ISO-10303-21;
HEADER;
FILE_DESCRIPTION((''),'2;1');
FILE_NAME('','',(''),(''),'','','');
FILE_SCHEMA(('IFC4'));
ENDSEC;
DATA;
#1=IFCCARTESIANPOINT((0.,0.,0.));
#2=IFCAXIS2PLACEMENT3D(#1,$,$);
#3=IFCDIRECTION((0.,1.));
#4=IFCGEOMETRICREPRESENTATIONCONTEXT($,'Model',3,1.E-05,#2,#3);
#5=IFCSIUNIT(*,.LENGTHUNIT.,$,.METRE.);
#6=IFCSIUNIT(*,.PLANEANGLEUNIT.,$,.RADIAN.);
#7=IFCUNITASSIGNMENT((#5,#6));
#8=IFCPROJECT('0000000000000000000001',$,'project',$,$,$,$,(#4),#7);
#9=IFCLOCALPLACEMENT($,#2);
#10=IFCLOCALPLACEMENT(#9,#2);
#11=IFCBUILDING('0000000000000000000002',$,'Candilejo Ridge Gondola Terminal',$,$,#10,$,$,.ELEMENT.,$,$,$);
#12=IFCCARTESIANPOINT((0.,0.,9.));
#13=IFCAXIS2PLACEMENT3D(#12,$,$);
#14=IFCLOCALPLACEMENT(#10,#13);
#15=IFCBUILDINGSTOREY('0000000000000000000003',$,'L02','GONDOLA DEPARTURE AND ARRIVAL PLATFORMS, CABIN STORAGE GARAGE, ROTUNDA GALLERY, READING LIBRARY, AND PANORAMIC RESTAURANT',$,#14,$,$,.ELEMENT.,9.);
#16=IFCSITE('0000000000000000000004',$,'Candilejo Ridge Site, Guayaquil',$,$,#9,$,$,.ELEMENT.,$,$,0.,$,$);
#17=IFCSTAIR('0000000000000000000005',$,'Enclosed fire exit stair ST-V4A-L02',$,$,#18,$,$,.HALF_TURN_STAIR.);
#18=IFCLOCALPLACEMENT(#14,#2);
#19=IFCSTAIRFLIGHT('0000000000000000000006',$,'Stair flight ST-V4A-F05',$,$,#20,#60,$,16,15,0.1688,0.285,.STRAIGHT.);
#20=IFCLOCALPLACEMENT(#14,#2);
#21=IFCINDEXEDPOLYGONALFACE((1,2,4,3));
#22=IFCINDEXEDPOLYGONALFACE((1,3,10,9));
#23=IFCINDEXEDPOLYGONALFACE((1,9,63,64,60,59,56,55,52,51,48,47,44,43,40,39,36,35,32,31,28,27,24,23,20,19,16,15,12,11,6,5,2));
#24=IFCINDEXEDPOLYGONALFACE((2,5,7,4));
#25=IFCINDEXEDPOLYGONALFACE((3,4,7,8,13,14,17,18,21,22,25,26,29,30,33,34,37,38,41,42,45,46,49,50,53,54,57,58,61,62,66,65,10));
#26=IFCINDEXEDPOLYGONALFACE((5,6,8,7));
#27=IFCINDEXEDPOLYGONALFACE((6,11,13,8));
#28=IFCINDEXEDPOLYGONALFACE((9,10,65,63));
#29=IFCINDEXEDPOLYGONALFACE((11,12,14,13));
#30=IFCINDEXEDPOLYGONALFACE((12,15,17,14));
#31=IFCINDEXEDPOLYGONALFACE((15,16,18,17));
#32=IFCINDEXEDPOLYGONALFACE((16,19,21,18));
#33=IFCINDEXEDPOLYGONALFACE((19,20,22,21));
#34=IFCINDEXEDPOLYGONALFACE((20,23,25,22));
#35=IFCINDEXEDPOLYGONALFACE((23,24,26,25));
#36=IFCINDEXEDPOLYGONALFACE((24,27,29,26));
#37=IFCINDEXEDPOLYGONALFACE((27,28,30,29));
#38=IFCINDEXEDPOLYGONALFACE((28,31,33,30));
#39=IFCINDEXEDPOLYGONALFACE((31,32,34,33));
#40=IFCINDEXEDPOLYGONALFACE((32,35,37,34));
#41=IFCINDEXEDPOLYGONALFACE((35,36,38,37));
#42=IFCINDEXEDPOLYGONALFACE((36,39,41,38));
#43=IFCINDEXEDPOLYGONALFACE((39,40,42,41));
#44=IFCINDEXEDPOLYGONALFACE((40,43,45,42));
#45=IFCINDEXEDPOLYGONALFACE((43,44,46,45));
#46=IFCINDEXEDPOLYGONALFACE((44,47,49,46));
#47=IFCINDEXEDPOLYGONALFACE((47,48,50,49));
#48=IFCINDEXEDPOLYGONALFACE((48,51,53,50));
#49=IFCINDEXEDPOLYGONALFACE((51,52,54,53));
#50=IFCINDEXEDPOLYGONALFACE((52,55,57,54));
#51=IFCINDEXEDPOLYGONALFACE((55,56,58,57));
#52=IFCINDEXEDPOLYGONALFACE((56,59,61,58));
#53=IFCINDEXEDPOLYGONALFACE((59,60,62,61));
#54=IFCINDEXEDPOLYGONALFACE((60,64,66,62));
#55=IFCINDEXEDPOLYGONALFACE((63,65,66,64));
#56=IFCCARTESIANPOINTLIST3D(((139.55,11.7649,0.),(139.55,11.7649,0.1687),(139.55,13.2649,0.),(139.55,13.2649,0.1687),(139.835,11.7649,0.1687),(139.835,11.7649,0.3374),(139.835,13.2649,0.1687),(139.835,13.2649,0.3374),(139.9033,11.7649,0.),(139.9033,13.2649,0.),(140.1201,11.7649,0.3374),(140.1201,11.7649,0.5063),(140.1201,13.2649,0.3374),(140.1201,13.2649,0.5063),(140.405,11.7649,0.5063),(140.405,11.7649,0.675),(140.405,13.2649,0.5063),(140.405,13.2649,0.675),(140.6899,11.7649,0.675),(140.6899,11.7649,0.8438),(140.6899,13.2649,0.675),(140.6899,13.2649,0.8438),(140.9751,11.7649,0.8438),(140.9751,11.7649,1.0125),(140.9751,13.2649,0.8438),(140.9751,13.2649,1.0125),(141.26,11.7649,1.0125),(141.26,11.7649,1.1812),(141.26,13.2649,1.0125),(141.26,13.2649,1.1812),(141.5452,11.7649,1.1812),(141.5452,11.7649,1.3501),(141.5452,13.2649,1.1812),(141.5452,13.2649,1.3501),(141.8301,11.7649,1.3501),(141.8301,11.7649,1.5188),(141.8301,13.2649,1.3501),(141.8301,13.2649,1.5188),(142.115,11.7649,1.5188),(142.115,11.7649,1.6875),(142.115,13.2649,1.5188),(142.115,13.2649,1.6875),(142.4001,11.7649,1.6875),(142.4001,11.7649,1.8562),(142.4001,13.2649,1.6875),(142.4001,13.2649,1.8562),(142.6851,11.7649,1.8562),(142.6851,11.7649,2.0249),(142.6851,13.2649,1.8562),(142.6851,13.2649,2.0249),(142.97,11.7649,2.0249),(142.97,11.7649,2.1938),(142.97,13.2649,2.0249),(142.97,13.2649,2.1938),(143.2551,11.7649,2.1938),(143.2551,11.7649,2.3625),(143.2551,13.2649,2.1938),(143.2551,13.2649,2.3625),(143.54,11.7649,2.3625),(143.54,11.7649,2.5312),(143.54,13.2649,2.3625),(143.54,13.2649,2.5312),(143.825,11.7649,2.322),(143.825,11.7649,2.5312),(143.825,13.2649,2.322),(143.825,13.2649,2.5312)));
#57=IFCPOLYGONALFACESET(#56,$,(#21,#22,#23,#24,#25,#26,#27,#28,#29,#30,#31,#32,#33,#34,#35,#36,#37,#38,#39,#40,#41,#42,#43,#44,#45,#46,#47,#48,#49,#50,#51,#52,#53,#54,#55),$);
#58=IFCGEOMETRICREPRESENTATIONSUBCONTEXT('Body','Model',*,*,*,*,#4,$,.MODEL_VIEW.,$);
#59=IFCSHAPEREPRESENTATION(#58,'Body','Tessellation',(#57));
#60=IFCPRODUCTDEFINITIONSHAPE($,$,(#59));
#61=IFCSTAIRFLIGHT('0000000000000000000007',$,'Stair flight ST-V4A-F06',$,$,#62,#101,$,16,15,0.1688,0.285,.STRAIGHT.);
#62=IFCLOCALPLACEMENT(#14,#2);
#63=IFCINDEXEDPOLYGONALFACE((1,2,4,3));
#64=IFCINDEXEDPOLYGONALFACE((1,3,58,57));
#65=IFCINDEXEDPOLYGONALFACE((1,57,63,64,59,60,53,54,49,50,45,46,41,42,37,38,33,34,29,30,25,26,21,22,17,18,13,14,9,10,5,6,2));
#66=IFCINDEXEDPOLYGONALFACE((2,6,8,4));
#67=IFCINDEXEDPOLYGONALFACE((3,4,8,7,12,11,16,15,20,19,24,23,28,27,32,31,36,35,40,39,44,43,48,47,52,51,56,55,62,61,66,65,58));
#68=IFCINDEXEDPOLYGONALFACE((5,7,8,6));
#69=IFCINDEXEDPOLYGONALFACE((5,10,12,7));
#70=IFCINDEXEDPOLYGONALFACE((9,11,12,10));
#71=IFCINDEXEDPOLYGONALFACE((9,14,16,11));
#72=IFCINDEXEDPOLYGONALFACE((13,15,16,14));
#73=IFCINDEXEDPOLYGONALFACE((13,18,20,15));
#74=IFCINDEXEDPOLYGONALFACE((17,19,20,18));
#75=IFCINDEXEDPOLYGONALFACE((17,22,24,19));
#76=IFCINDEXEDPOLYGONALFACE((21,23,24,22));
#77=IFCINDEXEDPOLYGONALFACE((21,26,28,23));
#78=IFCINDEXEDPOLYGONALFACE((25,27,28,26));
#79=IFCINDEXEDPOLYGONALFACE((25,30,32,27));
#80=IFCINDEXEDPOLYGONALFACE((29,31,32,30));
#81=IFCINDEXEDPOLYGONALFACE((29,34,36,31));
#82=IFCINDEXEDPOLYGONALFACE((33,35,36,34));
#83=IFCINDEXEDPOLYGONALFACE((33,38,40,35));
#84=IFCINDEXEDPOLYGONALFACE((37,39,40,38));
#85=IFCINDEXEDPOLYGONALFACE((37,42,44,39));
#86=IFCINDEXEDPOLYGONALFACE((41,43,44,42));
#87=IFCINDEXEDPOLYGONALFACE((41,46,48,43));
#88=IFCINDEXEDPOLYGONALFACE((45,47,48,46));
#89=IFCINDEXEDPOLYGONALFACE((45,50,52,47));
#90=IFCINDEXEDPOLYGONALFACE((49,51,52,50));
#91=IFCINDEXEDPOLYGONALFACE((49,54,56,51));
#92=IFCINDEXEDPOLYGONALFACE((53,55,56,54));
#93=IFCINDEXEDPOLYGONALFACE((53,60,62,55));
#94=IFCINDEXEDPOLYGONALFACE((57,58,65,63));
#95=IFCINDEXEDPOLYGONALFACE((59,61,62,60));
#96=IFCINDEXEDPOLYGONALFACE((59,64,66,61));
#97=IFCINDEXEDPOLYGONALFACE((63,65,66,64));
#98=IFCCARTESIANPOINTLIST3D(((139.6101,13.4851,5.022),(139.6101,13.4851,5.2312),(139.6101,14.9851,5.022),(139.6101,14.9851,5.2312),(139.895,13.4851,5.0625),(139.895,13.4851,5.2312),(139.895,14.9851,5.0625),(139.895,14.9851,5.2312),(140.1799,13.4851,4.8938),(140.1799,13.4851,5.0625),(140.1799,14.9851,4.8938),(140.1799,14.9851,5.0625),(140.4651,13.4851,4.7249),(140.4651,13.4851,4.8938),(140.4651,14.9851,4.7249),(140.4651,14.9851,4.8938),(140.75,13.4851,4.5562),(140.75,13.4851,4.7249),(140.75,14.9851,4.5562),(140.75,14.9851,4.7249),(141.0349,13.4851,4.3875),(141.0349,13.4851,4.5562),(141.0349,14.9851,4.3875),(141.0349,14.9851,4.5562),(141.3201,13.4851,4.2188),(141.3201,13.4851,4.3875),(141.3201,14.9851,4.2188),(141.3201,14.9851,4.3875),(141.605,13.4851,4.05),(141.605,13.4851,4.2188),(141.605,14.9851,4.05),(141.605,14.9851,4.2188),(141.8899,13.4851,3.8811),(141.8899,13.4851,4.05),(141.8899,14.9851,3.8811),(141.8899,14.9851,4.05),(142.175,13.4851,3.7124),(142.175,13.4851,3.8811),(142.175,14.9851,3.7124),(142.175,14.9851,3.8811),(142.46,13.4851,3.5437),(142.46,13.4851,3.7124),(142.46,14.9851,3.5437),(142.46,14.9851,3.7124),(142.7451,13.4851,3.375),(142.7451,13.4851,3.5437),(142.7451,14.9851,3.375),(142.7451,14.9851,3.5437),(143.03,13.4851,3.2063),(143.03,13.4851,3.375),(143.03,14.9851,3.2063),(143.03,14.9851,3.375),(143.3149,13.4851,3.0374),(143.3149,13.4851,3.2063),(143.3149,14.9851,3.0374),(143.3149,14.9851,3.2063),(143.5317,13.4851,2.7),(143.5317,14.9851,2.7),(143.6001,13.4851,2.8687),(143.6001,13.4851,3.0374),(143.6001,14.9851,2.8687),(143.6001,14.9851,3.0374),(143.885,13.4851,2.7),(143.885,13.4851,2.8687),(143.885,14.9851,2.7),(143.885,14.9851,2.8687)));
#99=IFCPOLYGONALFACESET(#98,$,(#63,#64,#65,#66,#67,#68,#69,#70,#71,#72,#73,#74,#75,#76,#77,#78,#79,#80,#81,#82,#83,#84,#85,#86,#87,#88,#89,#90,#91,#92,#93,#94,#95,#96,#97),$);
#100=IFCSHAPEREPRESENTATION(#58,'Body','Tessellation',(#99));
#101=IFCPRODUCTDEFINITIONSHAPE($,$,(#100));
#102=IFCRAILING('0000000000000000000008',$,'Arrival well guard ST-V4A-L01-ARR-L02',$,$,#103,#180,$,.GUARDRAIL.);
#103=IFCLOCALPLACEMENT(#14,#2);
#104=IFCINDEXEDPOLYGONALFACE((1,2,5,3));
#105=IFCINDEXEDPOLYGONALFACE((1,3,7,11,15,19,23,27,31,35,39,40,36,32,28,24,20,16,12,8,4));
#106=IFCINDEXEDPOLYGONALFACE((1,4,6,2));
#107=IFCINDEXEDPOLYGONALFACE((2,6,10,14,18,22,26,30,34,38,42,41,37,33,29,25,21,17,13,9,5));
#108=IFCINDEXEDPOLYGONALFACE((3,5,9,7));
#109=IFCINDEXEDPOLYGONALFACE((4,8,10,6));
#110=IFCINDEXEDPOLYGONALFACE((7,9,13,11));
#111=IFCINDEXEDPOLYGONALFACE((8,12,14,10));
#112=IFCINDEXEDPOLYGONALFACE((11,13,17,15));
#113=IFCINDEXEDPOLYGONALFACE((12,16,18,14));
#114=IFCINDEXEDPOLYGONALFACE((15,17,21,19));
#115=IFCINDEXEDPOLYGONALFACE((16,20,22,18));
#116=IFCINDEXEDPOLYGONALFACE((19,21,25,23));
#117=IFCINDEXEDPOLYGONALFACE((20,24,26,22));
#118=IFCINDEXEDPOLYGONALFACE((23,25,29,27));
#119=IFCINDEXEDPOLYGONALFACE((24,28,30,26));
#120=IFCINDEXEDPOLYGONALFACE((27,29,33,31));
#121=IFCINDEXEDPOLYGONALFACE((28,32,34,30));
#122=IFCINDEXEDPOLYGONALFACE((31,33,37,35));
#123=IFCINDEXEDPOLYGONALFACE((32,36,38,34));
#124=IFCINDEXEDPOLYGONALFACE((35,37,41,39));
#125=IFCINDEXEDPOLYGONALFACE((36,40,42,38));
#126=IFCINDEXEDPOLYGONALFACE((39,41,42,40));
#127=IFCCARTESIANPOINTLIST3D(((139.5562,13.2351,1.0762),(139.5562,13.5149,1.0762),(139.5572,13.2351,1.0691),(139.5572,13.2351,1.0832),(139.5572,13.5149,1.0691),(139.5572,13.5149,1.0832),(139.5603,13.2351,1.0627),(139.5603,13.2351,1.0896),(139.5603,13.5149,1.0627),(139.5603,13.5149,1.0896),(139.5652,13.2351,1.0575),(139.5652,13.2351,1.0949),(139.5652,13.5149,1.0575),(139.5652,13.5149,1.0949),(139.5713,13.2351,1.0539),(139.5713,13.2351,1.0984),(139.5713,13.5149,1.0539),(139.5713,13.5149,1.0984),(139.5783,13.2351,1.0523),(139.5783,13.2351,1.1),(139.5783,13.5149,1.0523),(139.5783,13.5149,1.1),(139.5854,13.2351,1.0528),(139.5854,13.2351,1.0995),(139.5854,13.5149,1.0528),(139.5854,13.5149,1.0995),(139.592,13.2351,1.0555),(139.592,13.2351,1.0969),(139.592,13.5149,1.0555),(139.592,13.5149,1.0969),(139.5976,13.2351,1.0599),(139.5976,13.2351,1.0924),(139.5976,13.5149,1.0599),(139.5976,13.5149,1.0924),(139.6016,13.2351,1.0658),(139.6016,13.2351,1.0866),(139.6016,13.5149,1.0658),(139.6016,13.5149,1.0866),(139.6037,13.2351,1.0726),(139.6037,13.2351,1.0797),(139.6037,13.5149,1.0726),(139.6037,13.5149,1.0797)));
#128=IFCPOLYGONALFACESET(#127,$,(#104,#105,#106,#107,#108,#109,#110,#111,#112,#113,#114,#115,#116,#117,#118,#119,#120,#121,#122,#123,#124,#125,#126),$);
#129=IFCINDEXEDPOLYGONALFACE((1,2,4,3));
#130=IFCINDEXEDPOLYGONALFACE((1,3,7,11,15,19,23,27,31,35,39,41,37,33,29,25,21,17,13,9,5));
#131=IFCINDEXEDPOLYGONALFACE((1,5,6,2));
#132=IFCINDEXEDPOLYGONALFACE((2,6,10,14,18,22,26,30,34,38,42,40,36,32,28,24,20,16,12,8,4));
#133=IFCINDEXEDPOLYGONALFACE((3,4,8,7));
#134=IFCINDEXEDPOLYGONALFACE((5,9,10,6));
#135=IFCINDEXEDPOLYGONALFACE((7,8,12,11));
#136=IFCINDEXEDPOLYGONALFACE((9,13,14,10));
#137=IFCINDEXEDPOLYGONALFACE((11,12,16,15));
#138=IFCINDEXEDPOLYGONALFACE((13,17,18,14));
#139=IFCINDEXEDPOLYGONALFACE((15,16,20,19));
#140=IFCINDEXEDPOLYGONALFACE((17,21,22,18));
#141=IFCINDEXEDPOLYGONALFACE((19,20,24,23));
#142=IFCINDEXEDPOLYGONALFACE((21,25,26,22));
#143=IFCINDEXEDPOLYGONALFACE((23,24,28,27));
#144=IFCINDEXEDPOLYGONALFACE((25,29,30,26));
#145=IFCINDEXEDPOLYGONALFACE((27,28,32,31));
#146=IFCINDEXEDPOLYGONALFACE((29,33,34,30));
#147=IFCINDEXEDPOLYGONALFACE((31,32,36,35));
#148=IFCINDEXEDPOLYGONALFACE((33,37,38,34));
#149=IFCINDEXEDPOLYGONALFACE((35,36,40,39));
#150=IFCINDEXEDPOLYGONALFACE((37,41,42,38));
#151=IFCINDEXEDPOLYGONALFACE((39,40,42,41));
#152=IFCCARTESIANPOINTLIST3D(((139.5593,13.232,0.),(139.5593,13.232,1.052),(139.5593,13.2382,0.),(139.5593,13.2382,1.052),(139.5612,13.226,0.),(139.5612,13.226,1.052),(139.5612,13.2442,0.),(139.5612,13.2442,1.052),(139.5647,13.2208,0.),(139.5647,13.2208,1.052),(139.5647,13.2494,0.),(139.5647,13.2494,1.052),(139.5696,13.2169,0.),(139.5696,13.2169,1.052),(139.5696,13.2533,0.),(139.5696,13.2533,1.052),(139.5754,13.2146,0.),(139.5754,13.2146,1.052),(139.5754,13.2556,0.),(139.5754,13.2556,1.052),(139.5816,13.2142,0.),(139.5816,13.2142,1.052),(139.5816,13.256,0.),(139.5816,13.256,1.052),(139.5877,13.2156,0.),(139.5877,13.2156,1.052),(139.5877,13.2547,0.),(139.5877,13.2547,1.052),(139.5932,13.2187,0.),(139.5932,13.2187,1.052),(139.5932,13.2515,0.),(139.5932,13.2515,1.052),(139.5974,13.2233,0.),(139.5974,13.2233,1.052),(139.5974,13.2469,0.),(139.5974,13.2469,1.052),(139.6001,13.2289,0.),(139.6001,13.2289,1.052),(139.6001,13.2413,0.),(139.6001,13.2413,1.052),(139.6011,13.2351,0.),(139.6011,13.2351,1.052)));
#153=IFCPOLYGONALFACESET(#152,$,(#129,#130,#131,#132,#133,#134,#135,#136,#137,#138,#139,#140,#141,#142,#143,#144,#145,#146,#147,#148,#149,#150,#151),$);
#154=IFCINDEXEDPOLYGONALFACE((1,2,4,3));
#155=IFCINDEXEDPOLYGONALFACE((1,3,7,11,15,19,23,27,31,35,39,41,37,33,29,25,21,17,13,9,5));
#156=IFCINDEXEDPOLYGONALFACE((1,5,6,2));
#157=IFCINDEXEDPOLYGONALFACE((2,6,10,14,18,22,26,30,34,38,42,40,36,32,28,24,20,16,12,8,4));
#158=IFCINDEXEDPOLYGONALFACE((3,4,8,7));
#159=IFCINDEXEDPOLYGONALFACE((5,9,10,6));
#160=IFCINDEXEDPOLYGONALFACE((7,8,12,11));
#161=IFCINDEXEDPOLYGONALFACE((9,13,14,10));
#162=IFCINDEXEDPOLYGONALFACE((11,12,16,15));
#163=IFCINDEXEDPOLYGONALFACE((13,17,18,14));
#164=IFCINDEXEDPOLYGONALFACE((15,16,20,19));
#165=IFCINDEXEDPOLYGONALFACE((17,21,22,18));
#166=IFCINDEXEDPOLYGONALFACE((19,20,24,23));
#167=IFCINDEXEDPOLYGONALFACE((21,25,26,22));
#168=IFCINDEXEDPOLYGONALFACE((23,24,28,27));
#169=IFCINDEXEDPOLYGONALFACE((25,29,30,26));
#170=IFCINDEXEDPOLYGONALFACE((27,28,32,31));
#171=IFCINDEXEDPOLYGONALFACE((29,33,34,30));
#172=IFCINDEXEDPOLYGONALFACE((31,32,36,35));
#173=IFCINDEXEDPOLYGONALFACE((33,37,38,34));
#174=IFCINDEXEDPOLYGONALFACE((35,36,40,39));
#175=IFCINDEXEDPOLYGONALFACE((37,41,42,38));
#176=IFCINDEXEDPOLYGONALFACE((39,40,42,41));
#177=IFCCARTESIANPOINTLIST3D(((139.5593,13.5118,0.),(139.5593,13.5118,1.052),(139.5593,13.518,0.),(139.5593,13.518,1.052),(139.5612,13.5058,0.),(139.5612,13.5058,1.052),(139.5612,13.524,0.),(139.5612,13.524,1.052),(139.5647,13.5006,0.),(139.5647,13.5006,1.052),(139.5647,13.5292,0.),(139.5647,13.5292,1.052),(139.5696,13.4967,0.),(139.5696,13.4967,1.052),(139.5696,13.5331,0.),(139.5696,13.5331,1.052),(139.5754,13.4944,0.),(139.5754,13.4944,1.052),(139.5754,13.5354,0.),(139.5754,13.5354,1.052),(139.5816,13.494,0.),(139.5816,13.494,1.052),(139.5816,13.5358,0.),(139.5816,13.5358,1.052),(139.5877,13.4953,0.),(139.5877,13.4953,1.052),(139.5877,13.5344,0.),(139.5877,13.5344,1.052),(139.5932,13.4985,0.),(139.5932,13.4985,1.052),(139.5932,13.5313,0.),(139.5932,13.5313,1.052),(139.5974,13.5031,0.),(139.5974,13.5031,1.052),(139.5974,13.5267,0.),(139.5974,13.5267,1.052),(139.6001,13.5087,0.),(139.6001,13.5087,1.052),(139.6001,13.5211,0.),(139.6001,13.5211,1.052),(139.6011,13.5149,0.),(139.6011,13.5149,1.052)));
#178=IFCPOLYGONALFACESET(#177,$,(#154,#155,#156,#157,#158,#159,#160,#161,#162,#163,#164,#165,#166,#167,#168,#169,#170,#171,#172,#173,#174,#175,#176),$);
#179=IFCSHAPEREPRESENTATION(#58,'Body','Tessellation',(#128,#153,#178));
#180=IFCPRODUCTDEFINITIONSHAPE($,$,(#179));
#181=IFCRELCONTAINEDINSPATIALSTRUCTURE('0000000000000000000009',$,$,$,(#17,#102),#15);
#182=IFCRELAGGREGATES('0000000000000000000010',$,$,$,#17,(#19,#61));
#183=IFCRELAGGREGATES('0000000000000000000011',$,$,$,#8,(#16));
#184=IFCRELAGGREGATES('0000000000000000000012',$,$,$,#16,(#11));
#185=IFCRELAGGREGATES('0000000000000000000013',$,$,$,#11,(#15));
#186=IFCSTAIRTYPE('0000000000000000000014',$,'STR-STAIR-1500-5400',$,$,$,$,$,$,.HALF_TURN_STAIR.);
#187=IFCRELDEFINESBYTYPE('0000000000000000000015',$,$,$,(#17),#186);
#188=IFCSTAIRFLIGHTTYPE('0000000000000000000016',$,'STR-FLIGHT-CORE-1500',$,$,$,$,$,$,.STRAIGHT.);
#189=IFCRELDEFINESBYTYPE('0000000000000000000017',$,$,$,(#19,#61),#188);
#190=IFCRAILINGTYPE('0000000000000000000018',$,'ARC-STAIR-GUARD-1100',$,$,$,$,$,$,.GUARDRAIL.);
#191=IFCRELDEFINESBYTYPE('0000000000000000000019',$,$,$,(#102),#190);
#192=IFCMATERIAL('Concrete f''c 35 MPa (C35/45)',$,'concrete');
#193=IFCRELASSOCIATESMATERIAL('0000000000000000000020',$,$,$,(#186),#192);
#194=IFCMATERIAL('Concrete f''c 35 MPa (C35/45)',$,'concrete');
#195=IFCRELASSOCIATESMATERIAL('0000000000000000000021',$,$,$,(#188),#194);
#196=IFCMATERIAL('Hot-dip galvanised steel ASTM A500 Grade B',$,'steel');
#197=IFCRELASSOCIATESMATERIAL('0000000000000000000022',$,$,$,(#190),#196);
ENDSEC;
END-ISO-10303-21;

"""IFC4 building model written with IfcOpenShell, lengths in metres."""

from ifc_helpers import new_model, si_unit, direction, frame, origin, origin_2d, place, context, subcontext, project, spatial, polyline, circle, outline, extrude, material, type_object, element, aggregate, save


model = new_model("IFC4")

# Units and contexts
model_context = context("Model", 3, precision=1e-05, world=origin(), true_north=direction((0.0, 1.0)))
body_context = subcontext(model_context, "Body", "Model", "MODEL_VIEW")
ifc_project = project(units=[si_unit("LENGTHUNIT", "METRE"), si_unit("PLANEANGLEUNIT", "RADIAN")], contexts=[model_context])

# Site, building, storey
site_placement = place(None, origin())
site = spatial("IfcSite", under=ifc_project, at=site_placement, Name="Candilejo Ridge Site, Guayaquil", CompositionType="ELEMENT", RefElevation=0.0)
building_placement = place(site_placement, origin())
building = spatial("IfcBuilding", under=site, at=building_placement, Name="Candilejo Ridge Gondola Terminal", CompositionType="ELEMENT")
storey_placement = place(building_placement, frame((0.0, 0.0, 9.0)))
storey = spatial("IfcBuildingStorey", under=building, at=storey_placement, Name="L02", Description="GONDOLA DEPARTURE AND ARRIVAL PLATFORMS, CABIN STORAGE GARAGE, ROTUNDA GALLERY, READING LIBRARY, AND PANORAMIC RESTAURANT", CompositionType="ELEMENT", Elevation=9.0)

# Stair, stair flights
ifc_material_1 = material(Name="Concrete f'c 35 MPa (C35/45)", Category="concrete")
stair_type = type_object("IfcStairType", Name="STR-STAIR-1500-5400", PredefinedType="HALF_TURN_STAIR", material=ifc_material_1)
stair_placement = place(storey_placement, origin())
stair = element("IfcStair", 1, at=stair_placement, inside=storey, type_object=stair_type, Name="Enclosed fire exit stair ST-V4A-L02", PredefinedType="HALF_TURN_STAIR")
ifc_material_2 = material(Name="Concrete f'c 35 MPa (C35/45)", Category="concrete")
stair_flight_type = type_object("IfcStairFlightType", Name="STR-FLIGHT-CORE-1500", PredefinedType="STRAIGHT", material=ifc_material_2)
stair_flight_1_placement = place(storey_placement, frame((139.55, 12.5149, 0.0), z_axis=(0.0, 0.0, 1.0), x_axis=(1.0, 0.0, 0.0)))
stair_flight_1 = element("IfcStairFlight", 2, at=stair_flight_1_placement, type_object=stair_flight_type, Name="Stair flight ST-V4A-F05", NumberOfRisers=16, NumberOfTreads=15, PredefinedType="STRAIGHT", RiserHeight=0.1688, TreadLength=0.285, context=body_context, shape_type="SweptSolid", body=[
    extrude(outline(polyline([(0.0, 0.0), (0.0, 0.1687), (0.2849, 0.1687), (0.2849, 0.3374), (0.5701, 0.3374), (0.5701, 0.5063), (0.855, 0.5063), (0.855, 0.675), (1.1399, 0.675), (1.1399, 0.8438), (1.425, 0.8438), (1.425, 1.0125), (1.71, 1.0125), (1.71, 1.1812), (1.9951, 1.1812), (1.9951, 1.3501), (2.28, 1.3501), (2.28, 1.5188), (2.5649, 1.5188), (2.5649, 1.6875), (2.8501, 1.6875), (2.8501, 1.8562), (3.135, 1.8562), (3.135, 2.0249), (3.4199, 2.0249), (3.4199, 2.1938), (3.7051, 2.1938), (3.7051, 2.3625), (3.99, 2.3625), (3.99, 2.5312), (4.2749, 2.5312), (4.2749, 2.7), (4.2749, 2.322), (0.3533, 0.0), (0.0, 0.0)])), frame((0.0, 0.75, 0.0), z_axis=(0.0, -1.0, 0.0), x_axis=(1.0, 0.0, 0.0)), (0.0, 0.0, 1.0), 1.5),
])
stair_flight_2_placement = place(storey_placement, frame((143.885, 14.2351, 2.7), z_axis=(0.0, 0.0, 1.0), x_axis=(-1.0, 0.0, 0.0)))
stair_flight_2 = element("IfcStairFlight", 3, at=stair_flight_2_placement, type_object=stair_flight_type, Name="Stair flight ST-V4A-F06", NumberOfRisers=16, NumberOfTreads=15, PredefinedType="STRAIGHT", RiserHeight=0.1688, TreadLength=0.285, context=body_context, shape_type="SweptSolid", body=[
    extrude(outline(polyline([(0.0, 0.0), (0.0, 0.1687), (0.2849, 0.1687), (0.2849, 0.3374), (0.5701, 0.3374), (0.5701, 0.5063), (0.855, 0.5063), (0.855, 0.675), (1.1399, 0.675), (1.1399, 0.8438), (1.425, 0.8438), (1.425, 1.0125), (1.71, 1.0125), (1.71, 1.1812), (1.9951, 1.1812), (1.9951, 1.3501), (2.28, 1.3501), (2.28, 1.5188), (2.5649, 1.5188), (2.5649, 1.6875), (2.8501, 1.6875), (2.8501, 1.8562), (3.135, 1.8562), (3.135, 2.0249), (3.4199, 2.0249), (3.4199, 2.1938), (3.7051, 2.1938), (3.7051, 2.3625), (3.99, 2.3625), (3.99, 2.5312), (4.2749, 2.5312), (4.2749, 2.7), (4.2749, 2.322), (0.3533, 0.0), (0.0, 0.0)])), frame((0.0, 0.75, 0.0), z_axis=(0.0, -1.0, 0.0), x_axis=(1.0, 0.0, 0.0)), (0.0, 0.0, 1.0), 1.5),
])
aggregate(stair, [stair_flight_1, stair_flight_2])

# Railing
ifc_material_3 = material(Name="Hot-dip galvanised steel ASTM A500 Grade B", Category="steel")
railing_type_1 = type_object("IfcRailingType", Name="ARC-STAIR-GUARD-1100", PredefinedType="GUARDRAIL", material=ifc_material_3)
railing_1_placement = place(storey_placement, frame((139.5801, 13.2351, 0.0)))
element("IfcRailing", 4, at=railing_1_placement, inside=storey, type_object=railing_type_1, Name="Arrival well guard ST-V4A-L01-ARR-L02", PredefinedType="GUARDRAIL", context=body_context, shape_type="SweptSolid", body=[
    extrude(circle(Radius=0.0239, at=origin_2d()), frame((0.0, 0.0, 1.0762), z_axis=(0.0, 1.0, 0.0), x_axis=(-1.0, 0.0, 0.0)), (0.0, 0.0, 1.0), 0.2798),
    extrude(circle(Radius=0.021, at=origin_2d()), origin(), (0.0, 0.0, 1.0), 1.052),
    extrude(circle(Radius=0.021, at=origin_2d()), frame((0.0, 0.2798, 0.0)), (0.0, 0.0, 1.0), 1.052),
])

save(model, "model.ifc")
